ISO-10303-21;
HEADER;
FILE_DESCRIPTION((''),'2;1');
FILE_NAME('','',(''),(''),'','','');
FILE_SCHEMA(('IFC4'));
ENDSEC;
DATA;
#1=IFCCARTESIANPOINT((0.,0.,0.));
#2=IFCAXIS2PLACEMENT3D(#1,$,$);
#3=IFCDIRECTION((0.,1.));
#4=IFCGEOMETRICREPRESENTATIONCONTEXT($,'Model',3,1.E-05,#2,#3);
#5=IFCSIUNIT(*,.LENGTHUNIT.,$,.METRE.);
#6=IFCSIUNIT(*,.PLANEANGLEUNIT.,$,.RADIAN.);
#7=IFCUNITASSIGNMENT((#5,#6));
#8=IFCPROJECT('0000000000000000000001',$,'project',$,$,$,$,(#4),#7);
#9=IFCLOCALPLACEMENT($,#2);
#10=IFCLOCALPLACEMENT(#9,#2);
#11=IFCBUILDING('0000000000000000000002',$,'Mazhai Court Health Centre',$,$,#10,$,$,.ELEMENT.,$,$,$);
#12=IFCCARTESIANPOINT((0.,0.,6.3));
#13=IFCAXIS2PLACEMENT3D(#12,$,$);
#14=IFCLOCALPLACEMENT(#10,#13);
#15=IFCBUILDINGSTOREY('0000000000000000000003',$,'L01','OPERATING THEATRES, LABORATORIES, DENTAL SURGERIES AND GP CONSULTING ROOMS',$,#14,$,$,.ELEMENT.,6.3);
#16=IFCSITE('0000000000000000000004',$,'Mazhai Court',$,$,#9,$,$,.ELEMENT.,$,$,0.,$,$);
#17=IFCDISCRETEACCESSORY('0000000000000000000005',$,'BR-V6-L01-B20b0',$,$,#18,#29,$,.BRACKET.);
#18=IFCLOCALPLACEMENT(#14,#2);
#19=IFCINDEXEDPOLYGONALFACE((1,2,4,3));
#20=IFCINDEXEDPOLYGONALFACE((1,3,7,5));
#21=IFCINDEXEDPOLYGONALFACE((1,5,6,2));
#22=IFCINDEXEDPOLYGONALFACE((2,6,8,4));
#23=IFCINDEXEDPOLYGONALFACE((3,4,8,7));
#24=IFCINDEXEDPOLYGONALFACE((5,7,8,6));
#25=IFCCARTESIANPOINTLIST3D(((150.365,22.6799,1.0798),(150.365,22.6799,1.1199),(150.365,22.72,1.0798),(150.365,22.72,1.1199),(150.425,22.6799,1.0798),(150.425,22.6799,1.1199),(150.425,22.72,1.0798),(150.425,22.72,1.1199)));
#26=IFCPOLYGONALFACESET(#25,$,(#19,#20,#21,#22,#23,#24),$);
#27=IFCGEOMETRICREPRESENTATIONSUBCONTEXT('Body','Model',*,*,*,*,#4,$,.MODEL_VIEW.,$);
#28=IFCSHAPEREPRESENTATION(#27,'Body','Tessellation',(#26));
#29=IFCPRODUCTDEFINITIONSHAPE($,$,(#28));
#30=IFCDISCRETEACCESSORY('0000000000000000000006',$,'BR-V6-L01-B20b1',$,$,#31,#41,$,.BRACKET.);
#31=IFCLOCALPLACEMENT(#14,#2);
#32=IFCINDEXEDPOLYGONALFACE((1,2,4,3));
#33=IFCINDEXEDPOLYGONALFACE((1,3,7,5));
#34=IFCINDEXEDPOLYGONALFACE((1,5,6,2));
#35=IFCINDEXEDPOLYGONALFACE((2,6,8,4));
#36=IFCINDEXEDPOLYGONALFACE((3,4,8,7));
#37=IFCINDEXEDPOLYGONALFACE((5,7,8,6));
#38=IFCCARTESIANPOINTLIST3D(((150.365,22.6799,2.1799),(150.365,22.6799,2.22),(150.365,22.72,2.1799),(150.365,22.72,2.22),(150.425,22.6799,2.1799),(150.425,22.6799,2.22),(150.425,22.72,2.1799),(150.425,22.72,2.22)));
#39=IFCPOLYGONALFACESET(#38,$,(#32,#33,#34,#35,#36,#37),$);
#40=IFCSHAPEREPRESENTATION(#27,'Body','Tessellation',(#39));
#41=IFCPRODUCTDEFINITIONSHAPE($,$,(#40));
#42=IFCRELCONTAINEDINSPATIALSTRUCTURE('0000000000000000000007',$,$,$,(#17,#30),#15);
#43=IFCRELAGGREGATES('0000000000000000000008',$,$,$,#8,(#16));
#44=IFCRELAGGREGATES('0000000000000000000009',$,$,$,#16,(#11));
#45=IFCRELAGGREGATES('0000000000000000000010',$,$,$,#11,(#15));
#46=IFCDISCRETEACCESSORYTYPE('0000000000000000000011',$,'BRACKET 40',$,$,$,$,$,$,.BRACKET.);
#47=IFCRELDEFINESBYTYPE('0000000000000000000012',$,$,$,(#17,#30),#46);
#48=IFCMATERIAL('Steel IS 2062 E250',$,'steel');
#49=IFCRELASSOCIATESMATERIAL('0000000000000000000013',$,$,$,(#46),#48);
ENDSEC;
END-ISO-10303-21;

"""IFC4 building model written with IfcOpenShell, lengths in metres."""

from ifc_helpers import new_model, si_unit, direction, frame, origin, origin_2d, place, context, subcontext, project, spatial, rectangle, extrude, material, type_object, element, save


model = new_model("IFC4")

# Units and contexts
model_context = context("Model", 3, precision=1e-05, world=origin(), true_north=direction((0.0, 1.0)))
body_context = subcontext(model_context, "Body", "Model", "MODEL_VIEW")
ifc_project = project(units=[si_unit("LENGTHUNIT", "METRE"), si_unit("PLANEANGLEUNIT", "RADIAN")], contexts=[model_context])

# Site, building, storey
site_placement = place(None, origin())
site = spatial("IfcSite", under=ifc_project, at=site_placement, Name="Mazhai Court", CompositionType="ELEMENT", RefElevation=0.0)
building_placement = place(site_placement, origin())
building = spatial("IfcBuilding", under=site, at=building_placement, Name="Mazhai Court Health Centre", CompositionType="ELEMENT")
storey_placement = place(building_placement, frame((0.0, 0.0, 6.3)))
storey = spatial("IfcBuildingStorey", under=building, at=storey_placement, Name="L01", Description="OPERATING THEATRES, LABORATORIES, DENTAL SURGERIES AND GP CONSULTING ROOMS", CompositionType="ELEMENT", Elevation=6.3)

# Discrete accessories
ifc_material_1 = material(Name="Steel IS 2062 E250", Category="steel")
discrete_accessory_type = type_object("IfcDiscreteAccessoryType", Name="BRACKET 40", PredefinedType="BRACKET", material=ifc_material_1)
for number, where, z_axis, x_axis, name in (
    (1, (150.395, 22.7, 1.0798), (0.0, 0.0, 1.0), (0.0, 1.0, 0.0), "BR-V6-L01-B20b0"),
    (2, (150.395, 22.7, 2.1799), (0.0, 0.0, 1.0), (0.0, 1.0, 0.0), "BR-V6-L01-B20b1"),
):
    element("IfcDiscreteAccessory", number, at=place(storey_placement, frame(where, z_axis=z_axis, x_axis=x_axis)), inside=storey, type_object=discrete_accessory_type, Name=name, PredefinedType="BRACKET", context=body_context, shape_type="SweptSolid", body=[
        extrude(rectangle(XDim=0.04, YDim=0.0601, at=origin_2d()), origin(), (0.0, 0.0, 1.0), 0.04),
    ])

save(model, "model.ifc")
